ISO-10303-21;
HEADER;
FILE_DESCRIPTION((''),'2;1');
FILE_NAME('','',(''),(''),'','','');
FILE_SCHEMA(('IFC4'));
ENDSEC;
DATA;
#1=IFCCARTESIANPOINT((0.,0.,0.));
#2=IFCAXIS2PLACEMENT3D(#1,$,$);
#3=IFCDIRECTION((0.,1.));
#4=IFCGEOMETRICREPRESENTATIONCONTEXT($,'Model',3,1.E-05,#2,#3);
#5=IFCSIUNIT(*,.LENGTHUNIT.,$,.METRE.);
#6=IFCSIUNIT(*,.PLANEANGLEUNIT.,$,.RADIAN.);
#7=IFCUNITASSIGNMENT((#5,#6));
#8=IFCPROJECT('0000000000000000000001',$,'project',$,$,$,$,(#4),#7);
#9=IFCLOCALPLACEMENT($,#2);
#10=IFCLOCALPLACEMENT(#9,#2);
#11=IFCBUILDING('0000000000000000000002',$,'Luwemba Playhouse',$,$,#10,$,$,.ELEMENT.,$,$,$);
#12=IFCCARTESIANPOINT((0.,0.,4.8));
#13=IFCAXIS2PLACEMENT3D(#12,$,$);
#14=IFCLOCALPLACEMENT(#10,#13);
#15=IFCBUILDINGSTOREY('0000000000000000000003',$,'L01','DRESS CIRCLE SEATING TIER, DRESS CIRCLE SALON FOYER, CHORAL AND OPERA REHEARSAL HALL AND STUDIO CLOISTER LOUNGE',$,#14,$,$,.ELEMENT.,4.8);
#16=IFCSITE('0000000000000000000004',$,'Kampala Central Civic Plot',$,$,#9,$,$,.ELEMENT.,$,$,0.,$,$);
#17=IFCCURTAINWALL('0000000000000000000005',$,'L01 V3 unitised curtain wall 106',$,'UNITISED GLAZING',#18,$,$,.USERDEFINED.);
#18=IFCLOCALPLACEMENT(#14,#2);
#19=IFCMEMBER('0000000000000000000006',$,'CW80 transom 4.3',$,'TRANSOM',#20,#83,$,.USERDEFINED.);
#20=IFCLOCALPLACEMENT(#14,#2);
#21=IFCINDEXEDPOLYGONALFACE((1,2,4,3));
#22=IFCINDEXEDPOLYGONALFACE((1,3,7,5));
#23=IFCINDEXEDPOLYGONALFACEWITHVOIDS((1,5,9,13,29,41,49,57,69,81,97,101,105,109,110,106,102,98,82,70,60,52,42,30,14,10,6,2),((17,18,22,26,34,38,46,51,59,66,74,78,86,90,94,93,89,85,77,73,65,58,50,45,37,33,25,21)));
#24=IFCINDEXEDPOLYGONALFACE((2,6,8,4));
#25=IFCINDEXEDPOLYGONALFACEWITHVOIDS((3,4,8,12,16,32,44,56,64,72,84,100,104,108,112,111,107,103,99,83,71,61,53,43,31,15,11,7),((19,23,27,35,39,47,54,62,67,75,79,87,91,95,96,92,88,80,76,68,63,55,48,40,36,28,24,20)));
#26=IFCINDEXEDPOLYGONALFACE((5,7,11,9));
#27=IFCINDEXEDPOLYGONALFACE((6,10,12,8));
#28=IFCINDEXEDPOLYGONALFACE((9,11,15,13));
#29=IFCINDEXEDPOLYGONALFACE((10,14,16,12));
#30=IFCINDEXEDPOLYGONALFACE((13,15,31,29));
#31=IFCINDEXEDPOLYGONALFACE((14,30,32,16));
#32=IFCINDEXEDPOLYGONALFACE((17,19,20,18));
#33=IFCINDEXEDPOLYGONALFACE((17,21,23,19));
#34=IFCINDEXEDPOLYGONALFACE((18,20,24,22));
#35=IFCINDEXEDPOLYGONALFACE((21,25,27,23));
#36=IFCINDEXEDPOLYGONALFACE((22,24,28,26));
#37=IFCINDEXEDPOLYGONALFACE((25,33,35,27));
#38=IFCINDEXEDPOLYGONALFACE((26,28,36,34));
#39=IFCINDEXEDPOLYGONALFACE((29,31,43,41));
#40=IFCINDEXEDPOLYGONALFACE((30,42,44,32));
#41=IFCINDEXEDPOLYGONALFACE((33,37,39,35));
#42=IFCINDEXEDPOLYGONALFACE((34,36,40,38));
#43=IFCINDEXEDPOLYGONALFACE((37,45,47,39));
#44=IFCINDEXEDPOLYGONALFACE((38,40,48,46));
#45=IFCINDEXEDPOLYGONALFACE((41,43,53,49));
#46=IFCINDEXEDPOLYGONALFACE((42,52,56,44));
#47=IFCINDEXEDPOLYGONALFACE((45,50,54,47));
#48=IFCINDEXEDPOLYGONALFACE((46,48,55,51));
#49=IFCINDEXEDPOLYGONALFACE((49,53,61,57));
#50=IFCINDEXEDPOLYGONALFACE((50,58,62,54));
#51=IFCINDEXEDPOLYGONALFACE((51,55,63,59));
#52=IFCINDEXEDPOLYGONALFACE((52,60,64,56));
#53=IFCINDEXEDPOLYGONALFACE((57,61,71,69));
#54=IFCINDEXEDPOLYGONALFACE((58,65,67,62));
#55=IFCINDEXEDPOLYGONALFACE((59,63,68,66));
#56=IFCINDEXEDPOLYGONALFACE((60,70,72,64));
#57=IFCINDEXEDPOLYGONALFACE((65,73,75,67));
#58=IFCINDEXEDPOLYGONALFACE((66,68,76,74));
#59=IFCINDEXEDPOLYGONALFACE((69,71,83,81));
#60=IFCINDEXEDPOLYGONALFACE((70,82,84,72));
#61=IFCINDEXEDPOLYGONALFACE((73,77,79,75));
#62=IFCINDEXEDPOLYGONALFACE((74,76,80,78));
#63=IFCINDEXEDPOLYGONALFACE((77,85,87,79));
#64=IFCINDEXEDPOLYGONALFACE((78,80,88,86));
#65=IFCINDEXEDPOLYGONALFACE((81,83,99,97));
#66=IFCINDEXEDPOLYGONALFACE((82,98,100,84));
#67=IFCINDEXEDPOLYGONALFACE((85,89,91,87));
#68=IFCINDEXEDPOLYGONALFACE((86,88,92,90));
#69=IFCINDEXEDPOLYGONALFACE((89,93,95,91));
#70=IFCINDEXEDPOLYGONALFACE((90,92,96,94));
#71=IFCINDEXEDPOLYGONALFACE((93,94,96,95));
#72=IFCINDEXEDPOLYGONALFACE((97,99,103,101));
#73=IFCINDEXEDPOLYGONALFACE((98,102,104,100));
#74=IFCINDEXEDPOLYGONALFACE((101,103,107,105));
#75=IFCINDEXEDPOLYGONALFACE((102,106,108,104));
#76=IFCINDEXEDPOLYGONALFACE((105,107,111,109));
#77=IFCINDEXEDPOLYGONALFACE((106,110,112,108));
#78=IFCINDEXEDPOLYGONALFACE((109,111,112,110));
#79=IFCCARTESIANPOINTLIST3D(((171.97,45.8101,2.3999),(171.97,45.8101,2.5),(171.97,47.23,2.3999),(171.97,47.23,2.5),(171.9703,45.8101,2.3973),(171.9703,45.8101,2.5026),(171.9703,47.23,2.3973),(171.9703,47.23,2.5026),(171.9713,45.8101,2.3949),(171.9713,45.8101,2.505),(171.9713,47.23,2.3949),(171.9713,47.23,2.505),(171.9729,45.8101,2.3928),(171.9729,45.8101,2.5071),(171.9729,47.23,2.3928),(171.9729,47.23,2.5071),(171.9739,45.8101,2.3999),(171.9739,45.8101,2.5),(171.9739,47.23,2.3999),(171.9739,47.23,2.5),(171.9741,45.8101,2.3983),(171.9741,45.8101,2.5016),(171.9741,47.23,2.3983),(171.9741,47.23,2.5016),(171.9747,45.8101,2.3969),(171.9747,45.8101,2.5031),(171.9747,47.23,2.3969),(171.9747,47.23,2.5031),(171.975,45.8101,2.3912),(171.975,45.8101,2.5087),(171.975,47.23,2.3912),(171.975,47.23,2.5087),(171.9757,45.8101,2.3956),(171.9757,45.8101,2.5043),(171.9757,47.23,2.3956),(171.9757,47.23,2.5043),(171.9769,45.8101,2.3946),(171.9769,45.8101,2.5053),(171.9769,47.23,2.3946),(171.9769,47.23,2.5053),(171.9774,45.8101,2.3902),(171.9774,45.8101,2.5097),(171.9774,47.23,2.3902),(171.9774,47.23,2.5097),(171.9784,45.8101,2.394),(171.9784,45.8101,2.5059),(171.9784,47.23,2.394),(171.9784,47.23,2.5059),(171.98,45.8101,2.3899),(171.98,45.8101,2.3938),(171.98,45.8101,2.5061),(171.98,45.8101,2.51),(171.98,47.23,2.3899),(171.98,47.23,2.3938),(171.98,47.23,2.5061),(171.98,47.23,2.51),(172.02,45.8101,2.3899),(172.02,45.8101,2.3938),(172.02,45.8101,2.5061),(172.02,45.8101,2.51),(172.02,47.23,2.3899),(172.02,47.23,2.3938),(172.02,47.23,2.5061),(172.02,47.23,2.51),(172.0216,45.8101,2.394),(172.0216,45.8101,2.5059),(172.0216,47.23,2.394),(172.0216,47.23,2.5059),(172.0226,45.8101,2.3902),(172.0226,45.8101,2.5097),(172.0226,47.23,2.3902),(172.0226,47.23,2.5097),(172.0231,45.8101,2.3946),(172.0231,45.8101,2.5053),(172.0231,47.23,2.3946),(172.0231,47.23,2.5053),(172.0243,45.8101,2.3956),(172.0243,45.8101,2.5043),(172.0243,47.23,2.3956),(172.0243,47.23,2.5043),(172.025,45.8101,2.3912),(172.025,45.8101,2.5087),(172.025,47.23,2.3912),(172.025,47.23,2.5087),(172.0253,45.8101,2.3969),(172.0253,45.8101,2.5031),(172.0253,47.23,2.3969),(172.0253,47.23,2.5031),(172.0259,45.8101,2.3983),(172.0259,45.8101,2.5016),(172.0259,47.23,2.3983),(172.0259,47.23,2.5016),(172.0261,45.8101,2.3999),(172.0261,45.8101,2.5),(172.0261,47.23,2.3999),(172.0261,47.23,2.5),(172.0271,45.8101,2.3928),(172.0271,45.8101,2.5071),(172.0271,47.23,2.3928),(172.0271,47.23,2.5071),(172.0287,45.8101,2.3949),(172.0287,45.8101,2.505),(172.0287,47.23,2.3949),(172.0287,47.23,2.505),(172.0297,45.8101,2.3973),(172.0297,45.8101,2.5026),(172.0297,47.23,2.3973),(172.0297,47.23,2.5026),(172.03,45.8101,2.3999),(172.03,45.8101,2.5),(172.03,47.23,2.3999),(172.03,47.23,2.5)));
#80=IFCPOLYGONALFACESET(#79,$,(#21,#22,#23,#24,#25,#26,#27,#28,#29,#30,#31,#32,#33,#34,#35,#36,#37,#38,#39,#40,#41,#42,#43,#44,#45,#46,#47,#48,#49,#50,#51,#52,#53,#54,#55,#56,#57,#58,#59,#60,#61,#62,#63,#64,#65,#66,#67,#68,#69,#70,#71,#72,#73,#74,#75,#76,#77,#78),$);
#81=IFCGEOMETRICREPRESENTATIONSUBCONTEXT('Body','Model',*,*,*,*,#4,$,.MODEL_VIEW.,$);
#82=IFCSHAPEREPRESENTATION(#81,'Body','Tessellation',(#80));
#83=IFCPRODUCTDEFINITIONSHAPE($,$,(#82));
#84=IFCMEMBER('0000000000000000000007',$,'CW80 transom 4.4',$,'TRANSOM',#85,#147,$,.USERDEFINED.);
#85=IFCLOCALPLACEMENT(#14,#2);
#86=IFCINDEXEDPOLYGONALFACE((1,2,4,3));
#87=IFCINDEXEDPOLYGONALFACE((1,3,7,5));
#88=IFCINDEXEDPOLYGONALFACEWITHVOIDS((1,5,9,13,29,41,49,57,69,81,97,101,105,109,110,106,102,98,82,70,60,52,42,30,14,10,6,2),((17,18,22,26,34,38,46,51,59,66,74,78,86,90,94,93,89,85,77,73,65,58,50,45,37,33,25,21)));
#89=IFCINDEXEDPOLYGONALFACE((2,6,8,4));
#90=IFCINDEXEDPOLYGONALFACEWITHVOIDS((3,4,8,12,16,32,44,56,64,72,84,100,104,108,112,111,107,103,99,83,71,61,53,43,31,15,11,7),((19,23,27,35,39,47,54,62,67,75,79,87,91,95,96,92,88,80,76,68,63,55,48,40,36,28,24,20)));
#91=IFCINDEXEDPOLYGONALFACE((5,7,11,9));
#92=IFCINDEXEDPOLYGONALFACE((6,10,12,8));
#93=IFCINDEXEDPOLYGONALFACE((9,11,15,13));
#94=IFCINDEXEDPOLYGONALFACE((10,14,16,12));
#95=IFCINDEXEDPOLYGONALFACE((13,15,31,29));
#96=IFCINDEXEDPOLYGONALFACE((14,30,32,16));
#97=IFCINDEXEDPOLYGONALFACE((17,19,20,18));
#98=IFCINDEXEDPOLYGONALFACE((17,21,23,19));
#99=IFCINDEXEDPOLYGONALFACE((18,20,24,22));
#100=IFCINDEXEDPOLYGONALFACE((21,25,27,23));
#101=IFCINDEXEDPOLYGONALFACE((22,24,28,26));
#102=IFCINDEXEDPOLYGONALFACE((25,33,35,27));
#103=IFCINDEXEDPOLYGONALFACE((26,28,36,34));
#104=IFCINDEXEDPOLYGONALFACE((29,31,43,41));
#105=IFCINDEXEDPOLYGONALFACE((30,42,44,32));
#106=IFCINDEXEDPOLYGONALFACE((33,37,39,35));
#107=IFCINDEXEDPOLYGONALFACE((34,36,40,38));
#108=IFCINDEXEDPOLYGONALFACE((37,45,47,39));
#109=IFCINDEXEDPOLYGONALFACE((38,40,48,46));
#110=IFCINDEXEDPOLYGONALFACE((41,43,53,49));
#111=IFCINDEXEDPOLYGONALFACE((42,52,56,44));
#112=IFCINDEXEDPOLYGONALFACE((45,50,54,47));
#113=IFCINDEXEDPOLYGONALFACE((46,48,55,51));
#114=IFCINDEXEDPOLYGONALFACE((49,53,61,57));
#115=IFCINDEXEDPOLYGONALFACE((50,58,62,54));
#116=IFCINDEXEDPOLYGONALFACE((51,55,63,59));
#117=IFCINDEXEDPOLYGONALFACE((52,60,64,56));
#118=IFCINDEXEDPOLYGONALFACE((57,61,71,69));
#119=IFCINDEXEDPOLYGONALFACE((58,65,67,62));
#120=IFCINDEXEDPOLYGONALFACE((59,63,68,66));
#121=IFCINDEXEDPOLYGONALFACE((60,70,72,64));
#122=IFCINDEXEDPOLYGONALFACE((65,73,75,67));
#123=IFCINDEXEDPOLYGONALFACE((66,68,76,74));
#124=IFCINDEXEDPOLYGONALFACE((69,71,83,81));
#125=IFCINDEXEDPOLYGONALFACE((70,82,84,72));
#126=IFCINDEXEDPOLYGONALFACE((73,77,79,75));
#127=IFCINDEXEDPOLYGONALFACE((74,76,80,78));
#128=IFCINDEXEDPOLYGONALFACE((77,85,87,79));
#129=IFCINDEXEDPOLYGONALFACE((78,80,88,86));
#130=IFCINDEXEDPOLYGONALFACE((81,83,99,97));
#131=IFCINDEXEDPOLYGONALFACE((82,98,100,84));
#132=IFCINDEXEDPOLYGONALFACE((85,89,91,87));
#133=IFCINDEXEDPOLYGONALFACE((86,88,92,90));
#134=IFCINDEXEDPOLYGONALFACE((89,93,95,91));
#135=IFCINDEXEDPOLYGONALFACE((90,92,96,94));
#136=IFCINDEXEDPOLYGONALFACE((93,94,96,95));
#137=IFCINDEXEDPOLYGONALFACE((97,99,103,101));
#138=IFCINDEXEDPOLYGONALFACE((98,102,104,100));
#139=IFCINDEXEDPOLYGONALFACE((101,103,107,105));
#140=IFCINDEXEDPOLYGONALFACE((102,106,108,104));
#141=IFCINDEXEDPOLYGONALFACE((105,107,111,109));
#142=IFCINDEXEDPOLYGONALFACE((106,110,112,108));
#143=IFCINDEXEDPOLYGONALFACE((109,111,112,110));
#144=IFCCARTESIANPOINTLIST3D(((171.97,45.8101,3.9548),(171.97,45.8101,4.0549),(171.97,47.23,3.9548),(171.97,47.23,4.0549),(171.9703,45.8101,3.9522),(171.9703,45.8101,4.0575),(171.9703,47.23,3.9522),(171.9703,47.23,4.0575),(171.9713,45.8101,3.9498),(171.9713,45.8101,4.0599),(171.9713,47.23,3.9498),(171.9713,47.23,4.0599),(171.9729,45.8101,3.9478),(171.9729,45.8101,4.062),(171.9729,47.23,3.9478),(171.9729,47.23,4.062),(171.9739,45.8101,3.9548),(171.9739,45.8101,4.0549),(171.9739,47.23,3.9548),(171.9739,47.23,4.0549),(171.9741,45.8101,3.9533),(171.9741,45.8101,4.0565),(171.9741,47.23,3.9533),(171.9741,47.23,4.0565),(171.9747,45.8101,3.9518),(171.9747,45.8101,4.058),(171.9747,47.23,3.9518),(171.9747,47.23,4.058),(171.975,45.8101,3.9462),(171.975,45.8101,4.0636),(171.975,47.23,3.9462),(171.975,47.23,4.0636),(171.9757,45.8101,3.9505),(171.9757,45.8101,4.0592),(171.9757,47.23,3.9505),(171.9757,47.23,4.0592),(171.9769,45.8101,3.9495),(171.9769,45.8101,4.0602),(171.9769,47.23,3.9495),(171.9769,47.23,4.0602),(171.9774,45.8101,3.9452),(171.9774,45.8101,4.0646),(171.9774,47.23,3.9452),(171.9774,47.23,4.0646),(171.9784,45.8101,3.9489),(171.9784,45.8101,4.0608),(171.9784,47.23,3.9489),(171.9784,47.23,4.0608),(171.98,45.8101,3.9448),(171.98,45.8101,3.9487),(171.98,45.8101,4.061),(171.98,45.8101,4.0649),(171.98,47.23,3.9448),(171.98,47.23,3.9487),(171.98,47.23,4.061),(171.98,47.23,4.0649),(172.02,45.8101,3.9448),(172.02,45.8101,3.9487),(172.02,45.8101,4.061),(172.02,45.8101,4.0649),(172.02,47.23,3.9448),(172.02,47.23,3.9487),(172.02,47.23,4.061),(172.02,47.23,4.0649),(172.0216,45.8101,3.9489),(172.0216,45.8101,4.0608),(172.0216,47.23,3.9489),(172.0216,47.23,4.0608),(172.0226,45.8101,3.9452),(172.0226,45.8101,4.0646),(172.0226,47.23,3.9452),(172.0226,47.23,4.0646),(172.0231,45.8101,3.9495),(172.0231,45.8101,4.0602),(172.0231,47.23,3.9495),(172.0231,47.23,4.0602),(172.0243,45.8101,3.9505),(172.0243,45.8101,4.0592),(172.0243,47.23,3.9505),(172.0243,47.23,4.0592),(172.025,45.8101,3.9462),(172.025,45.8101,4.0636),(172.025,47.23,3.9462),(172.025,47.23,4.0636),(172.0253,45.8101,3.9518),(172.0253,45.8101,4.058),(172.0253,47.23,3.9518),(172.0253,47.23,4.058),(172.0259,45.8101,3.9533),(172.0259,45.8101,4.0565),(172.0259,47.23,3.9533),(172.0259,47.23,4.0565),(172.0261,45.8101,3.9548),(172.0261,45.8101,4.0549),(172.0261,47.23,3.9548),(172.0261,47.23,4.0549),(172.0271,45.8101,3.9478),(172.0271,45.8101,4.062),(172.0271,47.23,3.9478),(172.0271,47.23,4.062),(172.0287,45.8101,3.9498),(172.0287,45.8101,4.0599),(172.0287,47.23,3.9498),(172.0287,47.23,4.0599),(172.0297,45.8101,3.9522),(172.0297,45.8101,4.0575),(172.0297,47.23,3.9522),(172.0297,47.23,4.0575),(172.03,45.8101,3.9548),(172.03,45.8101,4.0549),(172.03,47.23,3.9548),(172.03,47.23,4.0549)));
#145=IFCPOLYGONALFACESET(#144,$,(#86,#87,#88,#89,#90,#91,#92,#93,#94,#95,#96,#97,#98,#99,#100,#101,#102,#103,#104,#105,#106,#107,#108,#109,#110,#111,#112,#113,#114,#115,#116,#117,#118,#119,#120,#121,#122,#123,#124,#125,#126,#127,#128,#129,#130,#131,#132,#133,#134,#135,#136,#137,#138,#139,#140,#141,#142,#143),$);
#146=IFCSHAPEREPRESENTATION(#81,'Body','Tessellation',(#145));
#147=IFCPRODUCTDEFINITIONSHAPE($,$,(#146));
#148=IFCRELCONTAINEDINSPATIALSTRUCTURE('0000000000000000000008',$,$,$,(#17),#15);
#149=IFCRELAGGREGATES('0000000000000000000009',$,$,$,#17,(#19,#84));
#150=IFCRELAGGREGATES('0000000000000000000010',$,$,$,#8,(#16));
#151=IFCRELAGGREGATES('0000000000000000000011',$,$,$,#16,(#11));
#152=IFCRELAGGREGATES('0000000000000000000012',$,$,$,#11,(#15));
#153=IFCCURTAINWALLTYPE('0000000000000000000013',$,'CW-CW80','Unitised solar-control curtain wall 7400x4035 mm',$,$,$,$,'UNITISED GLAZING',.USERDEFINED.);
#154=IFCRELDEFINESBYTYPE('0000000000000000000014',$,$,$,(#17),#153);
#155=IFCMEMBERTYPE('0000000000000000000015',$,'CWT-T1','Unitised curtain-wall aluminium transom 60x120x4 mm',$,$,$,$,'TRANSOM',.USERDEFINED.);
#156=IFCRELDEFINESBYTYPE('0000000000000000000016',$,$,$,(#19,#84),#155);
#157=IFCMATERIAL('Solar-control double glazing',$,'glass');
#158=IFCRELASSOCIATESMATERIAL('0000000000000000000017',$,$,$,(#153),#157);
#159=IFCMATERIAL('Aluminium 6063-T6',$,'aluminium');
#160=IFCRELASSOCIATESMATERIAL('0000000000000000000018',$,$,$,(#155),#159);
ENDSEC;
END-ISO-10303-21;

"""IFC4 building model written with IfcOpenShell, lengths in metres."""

from ifc_helpers import new_model, si_unit, direction, frame, origin, origin_2d, place, context, subcontext, project, spatial, hollow_rectangle, extrude, material, material_profile, profile_set, type_object, element, aggregate, save


model = new_model("IFC4")

# Units and contexts
model_context = context("Model", 3, precision=1e-05, world=origin(), true_north=direction((0.0, 1.0)))
body_context = subcontext(model_context, "Body", "Model", "MODEL_VIEW")
ifc_project = project(units=[si_unit("LENGTHUNIT", "METRE"), si_unit("PLANEANGLEUNIT", "RADIAN")], contexts=[model_context])

# Site, building, storey
site_placement = place(None, origin())
site = spatial("IfcSite", under=ifc_project, at=site_placement, Name="Kampala Central Civic Plot", CompositionType="ELEMENT", RefElevation=0.0)
building_placement = place(site_placement, origin())
building = spatial("IfcBuilding", under=site, at=building_placement, Name="Luwemba Playhouse", CompositionType="ELEMENT")
storey_placement = place(building_placement, frame((0.0, 0.0, 4.8)))
storey = spatial("IfcBuildingStorey", under=building, at=storey_placement, Name="L01", Description="DRESS CIRCLE SEATING TIER, DRESS CIRCLE SALON FOYER, CHORAL AND OPERA REHEARSAL HALL AND STUDIO CLOISTER LOUNGE", CompositionType="ELEMENT", Elevation=4.8)

# Curtain wall, members
ifc_material_1 = material(Name="Solar-control double glazing", Category="glass")
curtain_wall_type = type_object("IfcCurtainWallType", Name="CW-CW80", Description="Unitised solar-control curtain wall 7400x4035 mm", ElementType="UNITISED GLAZING", PredefinedType="USERDEFINED", material=ifc_material_1)
curtain_wall_placement = place(storey_placement, origin())
curtain_wall = element("IfcCurtainWall", 1, at=curtain_wall_placement, inside=storey, type_object=curtain_wall_type, Name="L01 V3 unitised curtain wall 106", ObjectType="UNITISED GLAZING", PredefinedType="USERDEFINED")
ifc_material_2 = material(Name="Aluminium 6063-T6", Category="aluminium")
ifc_material_profile_1 = material_profile(ifc_material_2, hollow_rectangle(XDim=0.0601, YDim=0.1201, WallThickness=0.0039, InnerFilletRadius=0.0061, OuterFilletRadius=0.01, at=origin_2d()))
ifc_profile_set_1 = profile_set([ifc_material_profile_1], Name="Aluminium 6063-T6")
member_type_1 = type_object("IfcMemberType", Name="CWT-T1", Description="Unitised curtain-wall aluminium transom 60x120x4 mm", ElementType="TRANSOM", PredefinedType="USERDEFINED", material=ifc_profile_set_1)
member_1_placement = place(storey_placement, frame((172.0, 47.23, 2.45), z_axis=(0.0, -1.0, 0.0), x_axis=(1.0, 0.0, 0.0)))
member_1 = element("IfcMember", 2, at=member_1_placement, type_object=member_type_1, Name="CW80 transom 4.3", ObjectType="TRANSOM", PredefinedType="USERDEFINED", context=body_context, shape_type="SweptSolid", body=[
    extrude(hollow_rectangle(XDim=0.0601, YDim=0.1201, WallThickness=0.0039, InnerFilletRadius=0.0061, OuterFilletRadius=0.01, at=origin_2d()), origin(), (0.0, 0.0, 1.0), 1.4199),
])
member_2_placement = place(storey_placement, frame((172.0, 47.23, 4.0049), z_axis=(0.0, -1.0, 0.0), x_axis=(1.0, 0.0, 0.0)))
member_2 = element("IfcMember", 3, at=member_2_placement, type_object=member_type_1, Name="CW80 transom 4.4", ObjectType="TRANSOM", PredefinedType="USERDEFINED", context=body_context, shape_type="SweptSolid", body=[
    extrude(hollow_rectangle(XDim=0.0601, YDim=0.1201, WallThickness=0.0039, InnerFilletRadius=0.0061, OuterFilletRadius=0.01, at=origin_2d()), origin(), (0.0, 0.0, 1.0), 1.4199),
])
aggregate(curtain_wall, [member_1, member_2])

save(model, "model.ifc")
